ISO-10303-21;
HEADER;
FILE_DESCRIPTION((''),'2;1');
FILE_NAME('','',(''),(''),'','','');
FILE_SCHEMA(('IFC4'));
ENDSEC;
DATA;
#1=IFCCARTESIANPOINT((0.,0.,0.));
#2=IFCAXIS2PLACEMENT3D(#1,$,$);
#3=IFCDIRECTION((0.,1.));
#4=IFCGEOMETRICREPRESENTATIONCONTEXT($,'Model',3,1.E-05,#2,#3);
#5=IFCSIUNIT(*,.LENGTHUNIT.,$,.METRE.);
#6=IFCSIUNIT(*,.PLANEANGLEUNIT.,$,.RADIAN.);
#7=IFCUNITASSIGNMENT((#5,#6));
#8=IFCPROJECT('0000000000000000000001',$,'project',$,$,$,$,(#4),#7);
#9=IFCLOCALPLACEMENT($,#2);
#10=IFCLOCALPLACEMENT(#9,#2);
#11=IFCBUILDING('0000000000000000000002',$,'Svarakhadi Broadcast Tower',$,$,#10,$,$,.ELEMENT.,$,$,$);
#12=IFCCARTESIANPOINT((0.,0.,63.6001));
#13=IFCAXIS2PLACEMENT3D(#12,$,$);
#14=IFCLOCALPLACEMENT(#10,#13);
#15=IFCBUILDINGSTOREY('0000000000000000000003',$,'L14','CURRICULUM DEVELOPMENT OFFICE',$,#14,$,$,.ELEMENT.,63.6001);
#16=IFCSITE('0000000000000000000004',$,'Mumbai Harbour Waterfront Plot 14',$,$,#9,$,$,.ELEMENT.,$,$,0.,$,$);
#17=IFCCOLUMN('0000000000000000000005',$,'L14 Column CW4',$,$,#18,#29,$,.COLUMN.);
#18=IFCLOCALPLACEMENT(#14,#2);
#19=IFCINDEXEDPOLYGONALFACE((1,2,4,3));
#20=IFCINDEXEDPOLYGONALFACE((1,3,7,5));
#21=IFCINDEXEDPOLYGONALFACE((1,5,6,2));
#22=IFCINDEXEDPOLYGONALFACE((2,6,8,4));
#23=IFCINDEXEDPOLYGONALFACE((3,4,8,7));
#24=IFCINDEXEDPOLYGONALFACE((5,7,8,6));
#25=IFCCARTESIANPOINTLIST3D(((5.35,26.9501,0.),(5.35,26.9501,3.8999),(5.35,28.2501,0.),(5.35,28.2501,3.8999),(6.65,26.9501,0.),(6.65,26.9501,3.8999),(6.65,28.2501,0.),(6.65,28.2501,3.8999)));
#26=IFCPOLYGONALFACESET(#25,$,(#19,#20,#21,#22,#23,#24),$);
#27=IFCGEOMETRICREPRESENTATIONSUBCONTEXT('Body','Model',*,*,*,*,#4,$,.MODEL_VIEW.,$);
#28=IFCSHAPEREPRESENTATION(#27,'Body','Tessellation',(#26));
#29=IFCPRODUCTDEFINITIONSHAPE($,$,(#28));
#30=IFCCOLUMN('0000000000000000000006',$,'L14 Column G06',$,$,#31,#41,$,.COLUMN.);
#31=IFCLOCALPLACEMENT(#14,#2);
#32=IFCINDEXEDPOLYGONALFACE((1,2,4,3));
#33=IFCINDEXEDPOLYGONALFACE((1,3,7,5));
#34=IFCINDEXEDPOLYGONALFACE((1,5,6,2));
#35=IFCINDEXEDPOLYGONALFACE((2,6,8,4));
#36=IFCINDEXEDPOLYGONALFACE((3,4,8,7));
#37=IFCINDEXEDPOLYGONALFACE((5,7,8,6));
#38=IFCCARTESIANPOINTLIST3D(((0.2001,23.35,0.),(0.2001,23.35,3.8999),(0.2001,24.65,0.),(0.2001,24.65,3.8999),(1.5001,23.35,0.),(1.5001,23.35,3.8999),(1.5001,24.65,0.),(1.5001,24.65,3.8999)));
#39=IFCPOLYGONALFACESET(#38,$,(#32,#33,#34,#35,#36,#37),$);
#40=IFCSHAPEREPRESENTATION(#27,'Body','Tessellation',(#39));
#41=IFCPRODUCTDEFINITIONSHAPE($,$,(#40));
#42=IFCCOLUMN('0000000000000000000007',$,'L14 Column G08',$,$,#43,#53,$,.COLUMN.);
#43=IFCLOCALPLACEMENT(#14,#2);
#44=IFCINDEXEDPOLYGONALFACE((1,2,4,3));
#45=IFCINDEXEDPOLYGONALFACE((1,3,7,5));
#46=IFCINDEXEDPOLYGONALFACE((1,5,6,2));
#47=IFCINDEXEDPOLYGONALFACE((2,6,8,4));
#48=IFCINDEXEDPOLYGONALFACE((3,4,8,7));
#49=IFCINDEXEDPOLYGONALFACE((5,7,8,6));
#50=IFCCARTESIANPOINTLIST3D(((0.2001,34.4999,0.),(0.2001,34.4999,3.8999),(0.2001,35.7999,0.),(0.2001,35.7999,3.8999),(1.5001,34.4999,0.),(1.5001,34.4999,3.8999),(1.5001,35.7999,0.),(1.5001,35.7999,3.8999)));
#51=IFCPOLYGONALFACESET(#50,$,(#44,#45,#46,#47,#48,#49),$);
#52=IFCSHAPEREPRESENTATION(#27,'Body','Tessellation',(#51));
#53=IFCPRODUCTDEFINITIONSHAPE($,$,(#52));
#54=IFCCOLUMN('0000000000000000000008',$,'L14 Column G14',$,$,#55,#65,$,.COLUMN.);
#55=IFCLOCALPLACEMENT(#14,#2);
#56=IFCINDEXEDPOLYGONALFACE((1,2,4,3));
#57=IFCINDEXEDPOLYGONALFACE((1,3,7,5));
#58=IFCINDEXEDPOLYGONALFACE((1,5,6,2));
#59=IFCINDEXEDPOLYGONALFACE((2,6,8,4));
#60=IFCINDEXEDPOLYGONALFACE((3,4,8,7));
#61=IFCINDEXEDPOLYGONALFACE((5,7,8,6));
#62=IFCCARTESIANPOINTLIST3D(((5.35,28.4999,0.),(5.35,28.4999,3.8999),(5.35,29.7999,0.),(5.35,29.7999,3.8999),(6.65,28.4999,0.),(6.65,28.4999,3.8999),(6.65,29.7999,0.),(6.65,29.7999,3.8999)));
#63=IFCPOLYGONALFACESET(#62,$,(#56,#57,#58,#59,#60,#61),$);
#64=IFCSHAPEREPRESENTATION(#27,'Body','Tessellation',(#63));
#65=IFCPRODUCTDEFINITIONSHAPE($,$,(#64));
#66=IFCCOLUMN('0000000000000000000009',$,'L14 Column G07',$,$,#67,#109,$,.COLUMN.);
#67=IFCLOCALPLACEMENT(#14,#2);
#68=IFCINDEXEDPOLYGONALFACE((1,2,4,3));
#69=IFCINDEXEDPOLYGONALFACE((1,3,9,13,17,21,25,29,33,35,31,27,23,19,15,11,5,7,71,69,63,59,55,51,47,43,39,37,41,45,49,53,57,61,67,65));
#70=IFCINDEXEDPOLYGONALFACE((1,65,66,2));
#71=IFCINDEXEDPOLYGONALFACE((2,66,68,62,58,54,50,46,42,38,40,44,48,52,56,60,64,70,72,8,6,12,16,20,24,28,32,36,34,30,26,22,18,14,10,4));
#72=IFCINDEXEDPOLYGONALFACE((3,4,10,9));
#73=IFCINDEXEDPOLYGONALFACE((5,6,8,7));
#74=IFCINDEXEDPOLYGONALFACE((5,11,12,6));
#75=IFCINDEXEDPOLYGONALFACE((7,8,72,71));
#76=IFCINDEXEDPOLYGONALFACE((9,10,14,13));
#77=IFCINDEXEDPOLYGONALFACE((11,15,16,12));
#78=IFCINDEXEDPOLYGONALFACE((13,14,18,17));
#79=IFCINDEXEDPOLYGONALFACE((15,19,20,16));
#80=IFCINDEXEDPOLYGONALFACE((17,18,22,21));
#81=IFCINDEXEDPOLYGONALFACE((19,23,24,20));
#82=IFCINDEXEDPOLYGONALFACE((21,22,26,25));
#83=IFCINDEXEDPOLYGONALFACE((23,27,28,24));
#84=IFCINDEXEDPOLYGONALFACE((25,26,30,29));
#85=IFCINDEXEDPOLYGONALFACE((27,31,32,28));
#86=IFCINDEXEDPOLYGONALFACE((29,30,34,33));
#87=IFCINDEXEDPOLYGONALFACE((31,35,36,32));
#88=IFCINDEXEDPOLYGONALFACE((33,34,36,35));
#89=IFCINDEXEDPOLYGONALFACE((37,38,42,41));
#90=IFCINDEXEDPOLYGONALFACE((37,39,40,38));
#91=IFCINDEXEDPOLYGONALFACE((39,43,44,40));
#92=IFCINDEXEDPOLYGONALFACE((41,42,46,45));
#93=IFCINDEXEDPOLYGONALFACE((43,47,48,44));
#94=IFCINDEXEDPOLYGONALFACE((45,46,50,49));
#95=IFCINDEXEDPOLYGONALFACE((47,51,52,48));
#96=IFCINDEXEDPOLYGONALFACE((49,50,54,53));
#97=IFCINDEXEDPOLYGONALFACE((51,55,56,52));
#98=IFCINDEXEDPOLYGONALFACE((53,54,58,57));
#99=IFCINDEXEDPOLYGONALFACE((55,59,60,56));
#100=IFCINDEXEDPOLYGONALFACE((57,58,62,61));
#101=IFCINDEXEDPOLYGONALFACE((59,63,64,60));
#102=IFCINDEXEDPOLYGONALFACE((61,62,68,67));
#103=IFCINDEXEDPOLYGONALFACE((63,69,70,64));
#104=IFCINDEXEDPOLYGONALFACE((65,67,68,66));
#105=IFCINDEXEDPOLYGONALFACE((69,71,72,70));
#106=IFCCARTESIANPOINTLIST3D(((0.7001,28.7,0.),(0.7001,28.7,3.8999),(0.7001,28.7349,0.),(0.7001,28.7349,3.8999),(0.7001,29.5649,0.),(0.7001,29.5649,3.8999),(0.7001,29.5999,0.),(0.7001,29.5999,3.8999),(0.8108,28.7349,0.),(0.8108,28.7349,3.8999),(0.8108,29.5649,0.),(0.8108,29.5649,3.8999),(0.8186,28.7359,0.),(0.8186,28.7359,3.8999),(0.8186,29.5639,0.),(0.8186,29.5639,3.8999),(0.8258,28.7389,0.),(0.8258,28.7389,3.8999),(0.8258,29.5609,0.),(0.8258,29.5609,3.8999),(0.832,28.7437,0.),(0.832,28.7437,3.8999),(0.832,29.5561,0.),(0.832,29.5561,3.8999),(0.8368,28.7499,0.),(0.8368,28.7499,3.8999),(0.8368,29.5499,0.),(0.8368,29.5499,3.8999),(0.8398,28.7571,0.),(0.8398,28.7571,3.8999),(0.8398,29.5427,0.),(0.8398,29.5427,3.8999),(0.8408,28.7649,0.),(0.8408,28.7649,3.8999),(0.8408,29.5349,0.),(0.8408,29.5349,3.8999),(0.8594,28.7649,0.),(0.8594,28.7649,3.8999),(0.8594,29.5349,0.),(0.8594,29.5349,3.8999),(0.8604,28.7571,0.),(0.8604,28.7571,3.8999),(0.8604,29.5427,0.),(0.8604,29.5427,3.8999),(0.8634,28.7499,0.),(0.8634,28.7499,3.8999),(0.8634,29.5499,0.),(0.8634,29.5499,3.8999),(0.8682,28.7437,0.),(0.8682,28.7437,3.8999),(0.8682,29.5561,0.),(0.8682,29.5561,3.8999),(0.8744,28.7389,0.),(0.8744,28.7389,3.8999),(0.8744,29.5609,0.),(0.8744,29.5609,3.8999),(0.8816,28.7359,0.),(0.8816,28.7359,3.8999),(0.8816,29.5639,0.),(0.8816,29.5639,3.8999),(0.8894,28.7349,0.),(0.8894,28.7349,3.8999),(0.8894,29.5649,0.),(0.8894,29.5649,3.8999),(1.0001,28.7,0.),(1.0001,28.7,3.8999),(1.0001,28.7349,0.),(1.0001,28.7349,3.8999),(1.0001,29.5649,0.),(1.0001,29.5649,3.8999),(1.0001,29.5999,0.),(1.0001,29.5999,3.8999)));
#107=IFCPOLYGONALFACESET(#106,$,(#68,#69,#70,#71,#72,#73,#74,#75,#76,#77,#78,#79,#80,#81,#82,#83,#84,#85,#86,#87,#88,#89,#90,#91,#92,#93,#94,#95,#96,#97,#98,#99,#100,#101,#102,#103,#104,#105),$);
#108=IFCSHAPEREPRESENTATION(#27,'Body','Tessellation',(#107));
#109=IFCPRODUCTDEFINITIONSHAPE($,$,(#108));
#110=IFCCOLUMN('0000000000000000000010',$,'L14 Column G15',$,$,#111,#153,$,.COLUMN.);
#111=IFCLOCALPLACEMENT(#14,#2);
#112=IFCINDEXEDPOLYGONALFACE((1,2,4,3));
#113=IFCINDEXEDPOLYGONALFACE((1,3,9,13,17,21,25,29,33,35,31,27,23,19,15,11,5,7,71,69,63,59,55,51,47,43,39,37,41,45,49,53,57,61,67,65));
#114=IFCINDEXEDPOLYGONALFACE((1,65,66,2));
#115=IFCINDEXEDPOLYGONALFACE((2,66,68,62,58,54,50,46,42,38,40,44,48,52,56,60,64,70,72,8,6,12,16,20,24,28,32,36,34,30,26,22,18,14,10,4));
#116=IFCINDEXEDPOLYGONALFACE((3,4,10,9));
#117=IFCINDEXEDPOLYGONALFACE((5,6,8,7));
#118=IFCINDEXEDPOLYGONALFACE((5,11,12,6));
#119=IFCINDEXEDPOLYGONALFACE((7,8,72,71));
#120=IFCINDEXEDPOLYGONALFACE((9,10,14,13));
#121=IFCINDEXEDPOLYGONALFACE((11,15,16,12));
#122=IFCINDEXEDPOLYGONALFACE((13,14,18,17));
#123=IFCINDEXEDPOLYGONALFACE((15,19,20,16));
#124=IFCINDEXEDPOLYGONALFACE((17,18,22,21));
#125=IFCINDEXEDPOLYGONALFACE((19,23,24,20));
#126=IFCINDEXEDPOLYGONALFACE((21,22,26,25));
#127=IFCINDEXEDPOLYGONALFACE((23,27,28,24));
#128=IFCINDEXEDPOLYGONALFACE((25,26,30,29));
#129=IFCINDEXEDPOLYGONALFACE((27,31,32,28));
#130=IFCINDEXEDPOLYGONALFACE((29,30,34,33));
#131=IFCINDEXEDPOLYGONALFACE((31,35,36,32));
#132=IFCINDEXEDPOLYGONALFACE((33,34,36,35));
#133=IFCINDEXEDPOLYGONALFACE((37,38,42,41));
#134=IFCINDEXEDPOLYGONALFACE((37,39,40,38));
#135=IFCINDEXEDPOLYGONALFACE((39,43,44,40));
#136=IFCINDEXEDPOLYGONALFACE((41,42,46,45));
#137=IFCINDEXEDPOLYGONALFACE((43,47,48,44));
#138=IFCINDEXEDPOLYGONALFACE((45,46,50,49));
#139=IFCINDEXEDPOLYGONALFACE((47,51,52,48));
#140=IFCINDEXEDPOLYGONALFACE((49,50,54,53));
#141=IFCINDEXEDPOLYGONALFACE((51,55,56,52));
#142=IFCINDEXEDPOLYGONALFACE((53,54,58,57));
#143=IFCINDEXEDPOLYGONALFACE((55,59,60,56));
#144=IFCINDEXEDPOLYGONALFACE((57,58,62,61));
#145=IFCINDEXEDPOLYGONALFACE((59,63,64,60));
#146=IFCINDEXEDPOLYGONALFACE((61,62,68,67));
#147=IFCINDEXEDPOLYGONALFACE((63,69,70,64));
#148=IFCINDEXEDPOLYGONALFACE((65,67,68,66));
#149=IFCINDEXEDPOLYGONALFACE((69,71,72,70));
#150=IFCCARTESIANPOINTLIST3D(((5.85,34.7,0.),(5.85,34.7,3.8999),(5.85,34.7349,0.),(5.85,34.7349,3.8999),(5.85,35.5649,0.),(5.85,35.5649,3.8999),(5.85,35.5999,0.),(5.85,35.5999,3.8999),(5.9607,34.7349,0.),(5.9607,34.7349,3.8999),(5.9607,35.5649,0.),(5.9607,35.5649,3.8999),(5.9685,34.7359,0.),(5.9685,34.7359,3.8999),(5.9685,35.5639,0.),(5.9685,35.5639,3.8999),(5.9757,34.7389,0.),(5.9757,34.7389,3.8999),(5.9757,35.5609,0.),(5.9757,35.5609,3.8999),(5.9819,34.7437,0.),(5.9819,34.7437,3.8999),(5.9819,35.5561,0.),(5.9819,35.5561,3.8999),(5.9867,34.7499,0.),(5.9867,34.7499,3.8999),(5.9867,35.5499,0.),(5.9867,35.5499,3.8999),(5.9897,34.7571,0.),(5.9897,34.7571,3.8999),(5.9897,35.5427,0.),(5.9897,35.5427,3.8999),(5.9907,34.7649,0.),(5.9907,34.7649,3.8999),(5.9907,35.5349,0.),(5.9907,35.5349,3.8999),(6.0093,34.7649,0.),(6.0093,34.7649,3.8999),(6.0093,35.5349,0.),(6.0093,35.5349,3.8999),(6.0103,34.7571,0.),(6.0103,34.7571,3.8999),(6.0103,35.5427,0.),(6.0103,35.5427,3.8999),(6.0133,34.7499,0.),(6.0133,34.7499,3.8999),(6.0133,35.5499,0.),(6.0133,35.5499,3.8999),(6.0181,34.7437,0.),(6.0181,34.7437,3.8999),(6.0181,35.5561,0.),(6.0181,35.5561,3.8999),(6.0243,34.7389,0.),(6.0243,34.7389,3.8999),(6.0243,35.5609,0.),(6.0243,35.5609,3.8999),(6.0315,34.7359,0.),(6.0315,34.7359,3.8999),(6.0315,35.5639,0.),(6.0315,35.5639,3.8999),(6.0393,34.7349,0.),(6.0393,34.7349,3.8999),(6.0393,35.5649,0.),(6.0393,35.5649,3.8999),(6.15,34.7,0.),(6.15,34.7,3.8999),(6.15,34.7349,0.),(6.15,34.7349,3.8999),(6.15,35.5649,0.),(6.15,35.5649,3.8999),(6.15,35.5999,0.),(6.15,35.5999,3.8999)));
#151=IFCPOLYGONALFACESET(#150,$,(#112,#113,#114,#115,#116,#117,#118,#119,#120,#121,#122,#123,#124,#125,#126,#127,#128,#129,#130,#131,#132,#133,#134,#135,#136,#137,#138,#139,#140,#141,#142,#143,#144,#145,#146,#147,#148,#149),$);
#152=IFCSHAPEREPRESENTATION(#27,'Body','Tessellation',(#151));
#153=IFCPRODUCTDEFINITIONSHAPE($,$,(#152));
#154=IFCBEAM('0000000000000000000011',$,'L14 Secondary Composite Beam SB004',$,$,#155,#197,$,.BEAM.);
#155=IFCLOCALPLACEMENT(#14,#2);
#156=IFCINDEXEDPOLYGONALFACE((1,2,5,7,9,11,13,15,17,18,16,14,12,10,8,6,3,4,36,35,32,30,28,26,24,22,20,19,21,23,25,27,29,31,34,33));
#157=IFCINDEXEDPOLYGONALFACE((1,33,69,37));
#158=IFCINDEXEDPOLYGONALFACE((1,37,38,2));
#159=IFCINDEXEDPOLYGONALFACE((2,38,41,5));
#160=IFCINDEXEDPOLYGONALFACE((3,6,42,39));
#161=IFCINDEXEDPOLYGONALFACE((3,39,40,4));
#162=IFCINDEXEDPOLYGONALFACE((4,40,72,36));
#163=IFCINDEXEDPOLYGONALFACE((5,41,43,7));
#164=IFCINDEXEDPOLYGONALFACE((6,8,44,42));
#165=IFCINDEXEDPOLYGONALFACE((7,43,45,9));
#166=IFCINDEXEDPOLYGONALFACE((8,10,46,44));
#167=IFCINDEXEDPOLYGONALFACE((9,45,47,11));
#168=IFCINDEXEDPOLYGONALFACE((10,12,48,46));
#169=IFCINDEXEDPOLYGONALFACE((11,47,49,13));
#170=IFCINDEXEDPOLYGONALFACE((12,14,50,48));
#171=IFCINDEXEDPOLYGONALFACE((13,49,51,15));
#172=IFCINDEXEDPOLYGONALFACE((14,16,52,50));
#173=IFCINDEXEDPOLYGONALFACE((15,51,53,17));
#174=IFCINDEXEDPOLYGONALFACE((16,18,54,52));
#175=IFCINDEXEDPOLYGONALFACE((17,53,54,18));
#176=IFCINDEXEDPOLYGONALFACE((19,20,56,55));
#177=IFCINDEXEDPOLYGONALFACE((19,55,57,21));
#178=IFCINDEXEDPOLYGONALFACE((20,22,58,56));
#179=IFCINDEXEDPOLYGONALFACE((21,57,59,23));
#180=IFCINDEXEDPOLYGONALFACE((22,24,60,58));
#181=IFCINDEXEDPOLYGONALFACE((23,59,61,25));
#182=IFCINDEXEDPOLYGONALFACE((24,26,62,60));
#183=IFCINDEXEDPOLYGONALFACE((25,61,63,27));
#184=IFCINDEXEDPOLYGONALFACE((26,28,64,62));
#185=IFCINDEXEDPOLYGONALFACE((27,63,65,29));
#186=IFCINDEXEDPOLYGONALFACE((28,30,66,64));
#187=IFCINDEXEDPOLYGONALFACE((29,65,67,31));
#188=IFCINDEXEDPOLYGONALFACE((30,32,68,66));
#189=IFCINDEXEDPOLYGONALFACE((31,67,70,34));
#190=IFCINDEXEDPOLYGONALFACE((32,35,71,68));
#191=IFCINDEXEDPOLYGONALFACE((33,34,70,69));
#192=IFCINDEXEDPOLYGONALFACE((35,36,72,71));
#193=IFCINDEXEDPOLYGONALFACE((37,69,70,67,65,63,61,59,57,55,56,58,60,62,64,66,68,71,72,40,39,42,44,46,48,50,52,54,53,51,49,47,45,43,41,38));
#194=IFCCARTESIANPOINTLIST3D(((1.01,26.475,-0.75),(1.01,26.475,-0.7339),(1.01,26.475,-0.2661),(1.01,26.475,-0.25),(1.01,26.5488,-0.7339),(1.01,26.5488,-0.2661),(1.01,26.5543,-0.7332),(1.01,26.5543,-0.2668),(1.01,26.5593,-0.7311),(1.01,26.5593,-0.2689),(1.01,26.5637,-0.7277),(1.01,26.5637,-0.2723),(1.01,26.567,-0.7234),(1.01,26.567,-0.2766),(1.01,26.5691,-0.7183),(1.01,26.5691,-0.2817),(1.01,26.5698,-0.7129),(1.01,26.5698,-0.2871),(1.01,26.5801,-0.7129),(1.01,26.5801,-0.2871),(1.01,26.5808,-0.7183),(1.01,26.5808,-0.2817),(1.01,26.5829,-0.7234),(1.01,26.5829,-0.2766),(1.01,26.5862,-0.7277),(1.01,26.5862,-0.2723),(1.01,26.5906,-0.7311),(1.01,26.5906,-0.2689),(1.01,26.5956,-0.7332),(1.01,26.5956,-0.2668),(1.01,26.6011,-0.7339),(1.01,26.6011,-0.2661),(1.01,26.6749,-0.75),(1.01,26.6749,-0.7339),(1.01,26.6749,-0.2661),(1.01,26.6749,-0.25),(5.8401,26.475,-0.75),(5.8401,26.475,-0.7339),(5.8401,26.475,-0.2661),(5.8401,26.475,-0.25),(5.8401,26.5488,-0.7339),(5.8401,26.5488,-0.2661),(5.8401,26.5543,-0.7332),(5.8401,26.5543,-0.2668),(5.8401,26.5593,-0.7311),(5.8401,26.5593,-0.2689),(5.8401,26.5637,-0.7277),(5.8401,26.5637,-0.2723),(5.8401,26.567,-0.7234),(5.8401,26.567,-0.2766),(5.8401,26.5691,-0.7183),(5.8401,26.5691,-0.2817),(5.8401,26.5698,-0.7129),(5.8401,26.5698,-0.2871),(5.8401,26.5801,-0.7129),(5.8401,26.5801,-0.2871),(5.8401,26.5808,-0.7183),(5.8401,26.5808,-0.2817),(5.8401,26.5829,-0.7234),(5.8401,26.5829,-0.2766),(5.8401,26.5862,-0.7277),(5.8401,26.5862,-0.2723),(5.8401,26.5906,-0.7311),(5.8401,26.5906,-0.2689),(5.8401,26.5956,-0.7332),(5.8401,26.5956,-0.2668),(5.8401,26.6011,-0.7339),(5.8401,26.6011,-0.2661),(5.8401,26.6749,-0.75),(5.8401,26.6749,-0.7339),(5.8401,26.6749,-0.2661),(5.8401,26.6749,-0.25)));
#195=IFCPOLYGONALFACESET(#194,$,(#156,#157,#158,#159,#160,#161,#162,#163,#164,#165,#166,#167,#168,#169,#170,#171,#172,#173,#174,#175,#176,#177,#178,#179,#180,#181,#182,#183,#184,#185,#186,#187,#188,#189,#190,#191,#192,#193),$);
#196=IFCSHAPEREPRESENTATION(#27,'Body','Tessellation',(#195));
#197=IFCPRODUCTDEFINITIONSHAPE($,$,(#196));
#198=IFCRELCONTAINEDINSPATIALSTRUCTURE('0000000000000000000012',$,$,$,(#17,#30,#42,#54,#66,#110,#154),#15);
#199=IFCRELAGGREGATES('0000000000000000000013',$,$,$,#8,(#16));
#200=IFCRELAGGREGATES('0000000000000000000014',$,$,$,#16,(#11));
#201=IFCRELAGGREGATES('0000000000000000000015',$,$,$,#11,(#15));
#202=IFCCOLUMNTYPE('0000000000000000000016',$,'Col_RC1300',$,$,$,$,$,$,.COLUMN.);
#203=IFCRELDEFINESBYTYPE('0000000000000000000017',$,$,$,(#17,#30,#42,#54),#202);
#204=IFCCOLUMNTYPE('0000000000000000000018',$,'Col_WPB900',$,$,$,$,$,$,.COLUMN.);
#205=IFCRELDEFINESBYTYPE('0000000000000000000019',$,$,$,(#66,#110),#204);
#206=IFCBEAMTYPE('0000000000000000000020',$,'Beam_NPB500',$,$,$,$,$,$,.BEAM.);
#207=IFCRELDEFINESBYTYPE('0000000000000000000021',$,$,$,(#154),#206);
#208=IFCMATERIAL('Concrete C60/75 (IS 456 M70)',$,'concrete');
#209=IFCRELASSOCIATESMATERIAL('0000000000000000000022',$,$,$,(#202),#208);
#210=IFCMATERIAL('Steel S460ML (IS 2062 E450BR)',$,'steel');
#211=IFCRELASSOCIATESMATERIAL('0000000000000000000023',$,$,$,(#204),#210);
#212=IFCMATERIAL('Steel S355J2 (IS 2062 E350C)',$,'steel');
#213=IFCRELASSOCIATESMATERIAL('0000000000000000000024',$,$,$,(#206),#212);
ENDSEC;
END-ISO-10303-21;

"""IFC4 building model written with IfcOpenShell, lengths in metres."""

from ifc_helpers import new_model, si_unit, direction, frame, origin, origin_2d, place, context, subcontext, project, spatial, rectangle, i_section, extrude, material, material_profile, profile_set, type_object, element, save


model = new_model("IFC4")

# Units and contexts
model_context = context("Model", 3, precision=1e-05, world=origin(), true_north=direction((0.0, 1.0)))
body_context = subcontext(model_context, "Body", "Model", "MODEL_VIEW")
ifc_project = project(units=[si_unit("LENGTHUNIT", "METRE"), si_unit("PLANEANGLEUNIT", "RADIAN")], contexts=[model_context])

# Site, building, storey
site_placement = place(None, origin())
site = spatial("IfcSite", under=ifc_project, at=site_placement, Name="Mumbai Harbour Waterfront Plot 14", CompositionType="ELEMENT", RefElevation=0.0)
building_placement = place(site_placement, origin())
building = spatial("IfcBuilding", under=site, at=building_placement, Name="Svarakhadi Broadcast Tower", CompositionType="ELEMENT")
storey_placement = place(building_placement, frame((0.0, 0.0, 63.6001)))
storey = spatial("IfcBuildingStorey", under=building, at=storey_placement, Name="L14", Description="CURRICULUM DEVELOPMENT OFFICE", CompositionType="ELEMENT", Elevation=63.6001)

# Columns
ifc_material_1 = material(Name="Concrete C60/75 (IS 456 M70)", Category="concrete")
ifc_material_profile_1 = material_profile(ifc_material_1, rectangle(XDim=1.3, YDim=1.3, at=origin_2d()), Name="RC 1300x1300")
ifc_profile_set_1 = profile_set([ifc_material_profile_1], Name="Concrete C60/75 (IS 456 M70)")
column_type_1 = type_object("IfcColumnType", Name="Col_RC1300", PredefinedType="COLUMN", material=ifc_profile_set_1)
for number, where, z_axis, x_axis, name in (
    (1, (6.0, 27.6001, 0.0), (0.0, 0.0, 1.0), (1.0, 0.0, 0.0), "L14 Column CW4"),
    (2, (0.8501, 24.0, 0.0), (0.0, 0.0, 1.0), (1.0, 0.0, 0.0), "L14 Column G06"),
    (3, (0.8501, 35.1499, 0.0), (0.0, 0.0, 1.0), (1.0, 0.0, 0.0), "L14 Column G08"),
    (4, (6.0, 29.1499, 0.0), (0.0, 0.0, 1.0), (1.0, 0.0, 0.0), "L14 Column G14"),
):
    element("IfcColumn", number, at=place(storey_placement, frame(where, z_axis=z_axis, x_axis=x_axis)), inside=storey, type_object=column_type_1, Name=name, PredefinedType="COLUMN", context=body_context, shape_type="SweptSolid", body=[
        extrude(rectangle(XDim=1.3, YDim=1.3, at=origin_2d()), origin(), (0.0, 0.0, 1.0), 3.8999),
    ])
ifc_material_2 = material(Name="Steel S460ML (IS 2062 E450BR)", Category="steel")
ifc_material_profile_2 = material_profile(ifc_material_2, i_section(OverallWidth=0.3, OverallDepth=0.8999, WebThickness=0.0186, FlangeThickness=0.0349, FilletRadius=0.03, at=origin_2d()), Name="WPB 900x300x291")
ifc_profile_set_2 = profile_set([ifc_material_profile_2], Name="Steel S460ML (IS 2062 E450BR)")
column_type_2 = type_object("IfcColumnType", Name="Col_WPB900", PredefinedType="COLUMN", material=ifc_profile_set_2)
for number, where, z_axis, x_axis, name in (
    (5, (0.8501, 29.1499, 0.0), (0.0, 0.0, 1.0), (1.0, 0.0, 0.0), "L14 Column G07"),
    (6, (6.0, 35.1499, 0.0), (0.0, 0.0, 1.0), (1.0, 0.0, 0.0), "L14 Column G15"),
):
    element("IfcColumn", number, at=place(storey_placement, frame(where, z_axis=z_axis, x_axis=x_axis)), inside=storey, type_object=column_type_2, Name=name, PredefinedType="COLUMN", context=body_context, shape_type="SweptSolid", body=[
        extrude(i_section(OverallWidth=0.3, OverallDepth=0.8999, WebThickness=0.0186, FlangeThickness=0.0349, FilletRadius=0.03, at=origin_2d()), origin(), (0.0, 0.0, 1.0), 3.8999),
    ])

# Beam
ifc_material_3 = material(Name="Steel S355J2 (IS 2062 E350C)", Category="steel")
ifc_material_profile_3 = material_profile(ifc_material_3, i_section(OverallWidth=0.2, OverallDepth=0.5, WebThickness=0.0103, FlangeThickness=0.0161, FilletRadius=0.021, at=origin_2d()), Name="NPB 500x200x91")
ifc_profile_set_3 = profile_set([ifc_material_profile_3], Name="Steel S355J2 (IS 2062 E350C)")
beam_type_1 = type_object("IfcBeamType", Name="Beam_NPB500", PredefinedType="BEAM", material=ifc_profile_set_3)
for number, where, z_axis, x_axis, name in (
    (7, (1.01, 26.575, -0.5), (1.0, 0.0, 0.0), (0.0, 1.0, 0.0), "L14 Secondary Composite Beam SB004"),
):
    element("IfcBeam", number, at=place(storey_placement, frame(where, z_axis=z_axis, x_axis=x_axis)), inside=storey, type_object=beam_type_1, Name=name, PredefinedType="BEAM", context=body_context, shape_type="SweptSolid", body=[
        extrude(i_section(OverallWidth=0.2, OverallDepth=0.5, WebThickness=0.0103, FlangeThickness=0.0161, FilletRadius=0.021, at=origin_2d()), origin(), (0.0, 0.0, 1.0), 4.8301),
    ])

save(model, "model.ifc")
